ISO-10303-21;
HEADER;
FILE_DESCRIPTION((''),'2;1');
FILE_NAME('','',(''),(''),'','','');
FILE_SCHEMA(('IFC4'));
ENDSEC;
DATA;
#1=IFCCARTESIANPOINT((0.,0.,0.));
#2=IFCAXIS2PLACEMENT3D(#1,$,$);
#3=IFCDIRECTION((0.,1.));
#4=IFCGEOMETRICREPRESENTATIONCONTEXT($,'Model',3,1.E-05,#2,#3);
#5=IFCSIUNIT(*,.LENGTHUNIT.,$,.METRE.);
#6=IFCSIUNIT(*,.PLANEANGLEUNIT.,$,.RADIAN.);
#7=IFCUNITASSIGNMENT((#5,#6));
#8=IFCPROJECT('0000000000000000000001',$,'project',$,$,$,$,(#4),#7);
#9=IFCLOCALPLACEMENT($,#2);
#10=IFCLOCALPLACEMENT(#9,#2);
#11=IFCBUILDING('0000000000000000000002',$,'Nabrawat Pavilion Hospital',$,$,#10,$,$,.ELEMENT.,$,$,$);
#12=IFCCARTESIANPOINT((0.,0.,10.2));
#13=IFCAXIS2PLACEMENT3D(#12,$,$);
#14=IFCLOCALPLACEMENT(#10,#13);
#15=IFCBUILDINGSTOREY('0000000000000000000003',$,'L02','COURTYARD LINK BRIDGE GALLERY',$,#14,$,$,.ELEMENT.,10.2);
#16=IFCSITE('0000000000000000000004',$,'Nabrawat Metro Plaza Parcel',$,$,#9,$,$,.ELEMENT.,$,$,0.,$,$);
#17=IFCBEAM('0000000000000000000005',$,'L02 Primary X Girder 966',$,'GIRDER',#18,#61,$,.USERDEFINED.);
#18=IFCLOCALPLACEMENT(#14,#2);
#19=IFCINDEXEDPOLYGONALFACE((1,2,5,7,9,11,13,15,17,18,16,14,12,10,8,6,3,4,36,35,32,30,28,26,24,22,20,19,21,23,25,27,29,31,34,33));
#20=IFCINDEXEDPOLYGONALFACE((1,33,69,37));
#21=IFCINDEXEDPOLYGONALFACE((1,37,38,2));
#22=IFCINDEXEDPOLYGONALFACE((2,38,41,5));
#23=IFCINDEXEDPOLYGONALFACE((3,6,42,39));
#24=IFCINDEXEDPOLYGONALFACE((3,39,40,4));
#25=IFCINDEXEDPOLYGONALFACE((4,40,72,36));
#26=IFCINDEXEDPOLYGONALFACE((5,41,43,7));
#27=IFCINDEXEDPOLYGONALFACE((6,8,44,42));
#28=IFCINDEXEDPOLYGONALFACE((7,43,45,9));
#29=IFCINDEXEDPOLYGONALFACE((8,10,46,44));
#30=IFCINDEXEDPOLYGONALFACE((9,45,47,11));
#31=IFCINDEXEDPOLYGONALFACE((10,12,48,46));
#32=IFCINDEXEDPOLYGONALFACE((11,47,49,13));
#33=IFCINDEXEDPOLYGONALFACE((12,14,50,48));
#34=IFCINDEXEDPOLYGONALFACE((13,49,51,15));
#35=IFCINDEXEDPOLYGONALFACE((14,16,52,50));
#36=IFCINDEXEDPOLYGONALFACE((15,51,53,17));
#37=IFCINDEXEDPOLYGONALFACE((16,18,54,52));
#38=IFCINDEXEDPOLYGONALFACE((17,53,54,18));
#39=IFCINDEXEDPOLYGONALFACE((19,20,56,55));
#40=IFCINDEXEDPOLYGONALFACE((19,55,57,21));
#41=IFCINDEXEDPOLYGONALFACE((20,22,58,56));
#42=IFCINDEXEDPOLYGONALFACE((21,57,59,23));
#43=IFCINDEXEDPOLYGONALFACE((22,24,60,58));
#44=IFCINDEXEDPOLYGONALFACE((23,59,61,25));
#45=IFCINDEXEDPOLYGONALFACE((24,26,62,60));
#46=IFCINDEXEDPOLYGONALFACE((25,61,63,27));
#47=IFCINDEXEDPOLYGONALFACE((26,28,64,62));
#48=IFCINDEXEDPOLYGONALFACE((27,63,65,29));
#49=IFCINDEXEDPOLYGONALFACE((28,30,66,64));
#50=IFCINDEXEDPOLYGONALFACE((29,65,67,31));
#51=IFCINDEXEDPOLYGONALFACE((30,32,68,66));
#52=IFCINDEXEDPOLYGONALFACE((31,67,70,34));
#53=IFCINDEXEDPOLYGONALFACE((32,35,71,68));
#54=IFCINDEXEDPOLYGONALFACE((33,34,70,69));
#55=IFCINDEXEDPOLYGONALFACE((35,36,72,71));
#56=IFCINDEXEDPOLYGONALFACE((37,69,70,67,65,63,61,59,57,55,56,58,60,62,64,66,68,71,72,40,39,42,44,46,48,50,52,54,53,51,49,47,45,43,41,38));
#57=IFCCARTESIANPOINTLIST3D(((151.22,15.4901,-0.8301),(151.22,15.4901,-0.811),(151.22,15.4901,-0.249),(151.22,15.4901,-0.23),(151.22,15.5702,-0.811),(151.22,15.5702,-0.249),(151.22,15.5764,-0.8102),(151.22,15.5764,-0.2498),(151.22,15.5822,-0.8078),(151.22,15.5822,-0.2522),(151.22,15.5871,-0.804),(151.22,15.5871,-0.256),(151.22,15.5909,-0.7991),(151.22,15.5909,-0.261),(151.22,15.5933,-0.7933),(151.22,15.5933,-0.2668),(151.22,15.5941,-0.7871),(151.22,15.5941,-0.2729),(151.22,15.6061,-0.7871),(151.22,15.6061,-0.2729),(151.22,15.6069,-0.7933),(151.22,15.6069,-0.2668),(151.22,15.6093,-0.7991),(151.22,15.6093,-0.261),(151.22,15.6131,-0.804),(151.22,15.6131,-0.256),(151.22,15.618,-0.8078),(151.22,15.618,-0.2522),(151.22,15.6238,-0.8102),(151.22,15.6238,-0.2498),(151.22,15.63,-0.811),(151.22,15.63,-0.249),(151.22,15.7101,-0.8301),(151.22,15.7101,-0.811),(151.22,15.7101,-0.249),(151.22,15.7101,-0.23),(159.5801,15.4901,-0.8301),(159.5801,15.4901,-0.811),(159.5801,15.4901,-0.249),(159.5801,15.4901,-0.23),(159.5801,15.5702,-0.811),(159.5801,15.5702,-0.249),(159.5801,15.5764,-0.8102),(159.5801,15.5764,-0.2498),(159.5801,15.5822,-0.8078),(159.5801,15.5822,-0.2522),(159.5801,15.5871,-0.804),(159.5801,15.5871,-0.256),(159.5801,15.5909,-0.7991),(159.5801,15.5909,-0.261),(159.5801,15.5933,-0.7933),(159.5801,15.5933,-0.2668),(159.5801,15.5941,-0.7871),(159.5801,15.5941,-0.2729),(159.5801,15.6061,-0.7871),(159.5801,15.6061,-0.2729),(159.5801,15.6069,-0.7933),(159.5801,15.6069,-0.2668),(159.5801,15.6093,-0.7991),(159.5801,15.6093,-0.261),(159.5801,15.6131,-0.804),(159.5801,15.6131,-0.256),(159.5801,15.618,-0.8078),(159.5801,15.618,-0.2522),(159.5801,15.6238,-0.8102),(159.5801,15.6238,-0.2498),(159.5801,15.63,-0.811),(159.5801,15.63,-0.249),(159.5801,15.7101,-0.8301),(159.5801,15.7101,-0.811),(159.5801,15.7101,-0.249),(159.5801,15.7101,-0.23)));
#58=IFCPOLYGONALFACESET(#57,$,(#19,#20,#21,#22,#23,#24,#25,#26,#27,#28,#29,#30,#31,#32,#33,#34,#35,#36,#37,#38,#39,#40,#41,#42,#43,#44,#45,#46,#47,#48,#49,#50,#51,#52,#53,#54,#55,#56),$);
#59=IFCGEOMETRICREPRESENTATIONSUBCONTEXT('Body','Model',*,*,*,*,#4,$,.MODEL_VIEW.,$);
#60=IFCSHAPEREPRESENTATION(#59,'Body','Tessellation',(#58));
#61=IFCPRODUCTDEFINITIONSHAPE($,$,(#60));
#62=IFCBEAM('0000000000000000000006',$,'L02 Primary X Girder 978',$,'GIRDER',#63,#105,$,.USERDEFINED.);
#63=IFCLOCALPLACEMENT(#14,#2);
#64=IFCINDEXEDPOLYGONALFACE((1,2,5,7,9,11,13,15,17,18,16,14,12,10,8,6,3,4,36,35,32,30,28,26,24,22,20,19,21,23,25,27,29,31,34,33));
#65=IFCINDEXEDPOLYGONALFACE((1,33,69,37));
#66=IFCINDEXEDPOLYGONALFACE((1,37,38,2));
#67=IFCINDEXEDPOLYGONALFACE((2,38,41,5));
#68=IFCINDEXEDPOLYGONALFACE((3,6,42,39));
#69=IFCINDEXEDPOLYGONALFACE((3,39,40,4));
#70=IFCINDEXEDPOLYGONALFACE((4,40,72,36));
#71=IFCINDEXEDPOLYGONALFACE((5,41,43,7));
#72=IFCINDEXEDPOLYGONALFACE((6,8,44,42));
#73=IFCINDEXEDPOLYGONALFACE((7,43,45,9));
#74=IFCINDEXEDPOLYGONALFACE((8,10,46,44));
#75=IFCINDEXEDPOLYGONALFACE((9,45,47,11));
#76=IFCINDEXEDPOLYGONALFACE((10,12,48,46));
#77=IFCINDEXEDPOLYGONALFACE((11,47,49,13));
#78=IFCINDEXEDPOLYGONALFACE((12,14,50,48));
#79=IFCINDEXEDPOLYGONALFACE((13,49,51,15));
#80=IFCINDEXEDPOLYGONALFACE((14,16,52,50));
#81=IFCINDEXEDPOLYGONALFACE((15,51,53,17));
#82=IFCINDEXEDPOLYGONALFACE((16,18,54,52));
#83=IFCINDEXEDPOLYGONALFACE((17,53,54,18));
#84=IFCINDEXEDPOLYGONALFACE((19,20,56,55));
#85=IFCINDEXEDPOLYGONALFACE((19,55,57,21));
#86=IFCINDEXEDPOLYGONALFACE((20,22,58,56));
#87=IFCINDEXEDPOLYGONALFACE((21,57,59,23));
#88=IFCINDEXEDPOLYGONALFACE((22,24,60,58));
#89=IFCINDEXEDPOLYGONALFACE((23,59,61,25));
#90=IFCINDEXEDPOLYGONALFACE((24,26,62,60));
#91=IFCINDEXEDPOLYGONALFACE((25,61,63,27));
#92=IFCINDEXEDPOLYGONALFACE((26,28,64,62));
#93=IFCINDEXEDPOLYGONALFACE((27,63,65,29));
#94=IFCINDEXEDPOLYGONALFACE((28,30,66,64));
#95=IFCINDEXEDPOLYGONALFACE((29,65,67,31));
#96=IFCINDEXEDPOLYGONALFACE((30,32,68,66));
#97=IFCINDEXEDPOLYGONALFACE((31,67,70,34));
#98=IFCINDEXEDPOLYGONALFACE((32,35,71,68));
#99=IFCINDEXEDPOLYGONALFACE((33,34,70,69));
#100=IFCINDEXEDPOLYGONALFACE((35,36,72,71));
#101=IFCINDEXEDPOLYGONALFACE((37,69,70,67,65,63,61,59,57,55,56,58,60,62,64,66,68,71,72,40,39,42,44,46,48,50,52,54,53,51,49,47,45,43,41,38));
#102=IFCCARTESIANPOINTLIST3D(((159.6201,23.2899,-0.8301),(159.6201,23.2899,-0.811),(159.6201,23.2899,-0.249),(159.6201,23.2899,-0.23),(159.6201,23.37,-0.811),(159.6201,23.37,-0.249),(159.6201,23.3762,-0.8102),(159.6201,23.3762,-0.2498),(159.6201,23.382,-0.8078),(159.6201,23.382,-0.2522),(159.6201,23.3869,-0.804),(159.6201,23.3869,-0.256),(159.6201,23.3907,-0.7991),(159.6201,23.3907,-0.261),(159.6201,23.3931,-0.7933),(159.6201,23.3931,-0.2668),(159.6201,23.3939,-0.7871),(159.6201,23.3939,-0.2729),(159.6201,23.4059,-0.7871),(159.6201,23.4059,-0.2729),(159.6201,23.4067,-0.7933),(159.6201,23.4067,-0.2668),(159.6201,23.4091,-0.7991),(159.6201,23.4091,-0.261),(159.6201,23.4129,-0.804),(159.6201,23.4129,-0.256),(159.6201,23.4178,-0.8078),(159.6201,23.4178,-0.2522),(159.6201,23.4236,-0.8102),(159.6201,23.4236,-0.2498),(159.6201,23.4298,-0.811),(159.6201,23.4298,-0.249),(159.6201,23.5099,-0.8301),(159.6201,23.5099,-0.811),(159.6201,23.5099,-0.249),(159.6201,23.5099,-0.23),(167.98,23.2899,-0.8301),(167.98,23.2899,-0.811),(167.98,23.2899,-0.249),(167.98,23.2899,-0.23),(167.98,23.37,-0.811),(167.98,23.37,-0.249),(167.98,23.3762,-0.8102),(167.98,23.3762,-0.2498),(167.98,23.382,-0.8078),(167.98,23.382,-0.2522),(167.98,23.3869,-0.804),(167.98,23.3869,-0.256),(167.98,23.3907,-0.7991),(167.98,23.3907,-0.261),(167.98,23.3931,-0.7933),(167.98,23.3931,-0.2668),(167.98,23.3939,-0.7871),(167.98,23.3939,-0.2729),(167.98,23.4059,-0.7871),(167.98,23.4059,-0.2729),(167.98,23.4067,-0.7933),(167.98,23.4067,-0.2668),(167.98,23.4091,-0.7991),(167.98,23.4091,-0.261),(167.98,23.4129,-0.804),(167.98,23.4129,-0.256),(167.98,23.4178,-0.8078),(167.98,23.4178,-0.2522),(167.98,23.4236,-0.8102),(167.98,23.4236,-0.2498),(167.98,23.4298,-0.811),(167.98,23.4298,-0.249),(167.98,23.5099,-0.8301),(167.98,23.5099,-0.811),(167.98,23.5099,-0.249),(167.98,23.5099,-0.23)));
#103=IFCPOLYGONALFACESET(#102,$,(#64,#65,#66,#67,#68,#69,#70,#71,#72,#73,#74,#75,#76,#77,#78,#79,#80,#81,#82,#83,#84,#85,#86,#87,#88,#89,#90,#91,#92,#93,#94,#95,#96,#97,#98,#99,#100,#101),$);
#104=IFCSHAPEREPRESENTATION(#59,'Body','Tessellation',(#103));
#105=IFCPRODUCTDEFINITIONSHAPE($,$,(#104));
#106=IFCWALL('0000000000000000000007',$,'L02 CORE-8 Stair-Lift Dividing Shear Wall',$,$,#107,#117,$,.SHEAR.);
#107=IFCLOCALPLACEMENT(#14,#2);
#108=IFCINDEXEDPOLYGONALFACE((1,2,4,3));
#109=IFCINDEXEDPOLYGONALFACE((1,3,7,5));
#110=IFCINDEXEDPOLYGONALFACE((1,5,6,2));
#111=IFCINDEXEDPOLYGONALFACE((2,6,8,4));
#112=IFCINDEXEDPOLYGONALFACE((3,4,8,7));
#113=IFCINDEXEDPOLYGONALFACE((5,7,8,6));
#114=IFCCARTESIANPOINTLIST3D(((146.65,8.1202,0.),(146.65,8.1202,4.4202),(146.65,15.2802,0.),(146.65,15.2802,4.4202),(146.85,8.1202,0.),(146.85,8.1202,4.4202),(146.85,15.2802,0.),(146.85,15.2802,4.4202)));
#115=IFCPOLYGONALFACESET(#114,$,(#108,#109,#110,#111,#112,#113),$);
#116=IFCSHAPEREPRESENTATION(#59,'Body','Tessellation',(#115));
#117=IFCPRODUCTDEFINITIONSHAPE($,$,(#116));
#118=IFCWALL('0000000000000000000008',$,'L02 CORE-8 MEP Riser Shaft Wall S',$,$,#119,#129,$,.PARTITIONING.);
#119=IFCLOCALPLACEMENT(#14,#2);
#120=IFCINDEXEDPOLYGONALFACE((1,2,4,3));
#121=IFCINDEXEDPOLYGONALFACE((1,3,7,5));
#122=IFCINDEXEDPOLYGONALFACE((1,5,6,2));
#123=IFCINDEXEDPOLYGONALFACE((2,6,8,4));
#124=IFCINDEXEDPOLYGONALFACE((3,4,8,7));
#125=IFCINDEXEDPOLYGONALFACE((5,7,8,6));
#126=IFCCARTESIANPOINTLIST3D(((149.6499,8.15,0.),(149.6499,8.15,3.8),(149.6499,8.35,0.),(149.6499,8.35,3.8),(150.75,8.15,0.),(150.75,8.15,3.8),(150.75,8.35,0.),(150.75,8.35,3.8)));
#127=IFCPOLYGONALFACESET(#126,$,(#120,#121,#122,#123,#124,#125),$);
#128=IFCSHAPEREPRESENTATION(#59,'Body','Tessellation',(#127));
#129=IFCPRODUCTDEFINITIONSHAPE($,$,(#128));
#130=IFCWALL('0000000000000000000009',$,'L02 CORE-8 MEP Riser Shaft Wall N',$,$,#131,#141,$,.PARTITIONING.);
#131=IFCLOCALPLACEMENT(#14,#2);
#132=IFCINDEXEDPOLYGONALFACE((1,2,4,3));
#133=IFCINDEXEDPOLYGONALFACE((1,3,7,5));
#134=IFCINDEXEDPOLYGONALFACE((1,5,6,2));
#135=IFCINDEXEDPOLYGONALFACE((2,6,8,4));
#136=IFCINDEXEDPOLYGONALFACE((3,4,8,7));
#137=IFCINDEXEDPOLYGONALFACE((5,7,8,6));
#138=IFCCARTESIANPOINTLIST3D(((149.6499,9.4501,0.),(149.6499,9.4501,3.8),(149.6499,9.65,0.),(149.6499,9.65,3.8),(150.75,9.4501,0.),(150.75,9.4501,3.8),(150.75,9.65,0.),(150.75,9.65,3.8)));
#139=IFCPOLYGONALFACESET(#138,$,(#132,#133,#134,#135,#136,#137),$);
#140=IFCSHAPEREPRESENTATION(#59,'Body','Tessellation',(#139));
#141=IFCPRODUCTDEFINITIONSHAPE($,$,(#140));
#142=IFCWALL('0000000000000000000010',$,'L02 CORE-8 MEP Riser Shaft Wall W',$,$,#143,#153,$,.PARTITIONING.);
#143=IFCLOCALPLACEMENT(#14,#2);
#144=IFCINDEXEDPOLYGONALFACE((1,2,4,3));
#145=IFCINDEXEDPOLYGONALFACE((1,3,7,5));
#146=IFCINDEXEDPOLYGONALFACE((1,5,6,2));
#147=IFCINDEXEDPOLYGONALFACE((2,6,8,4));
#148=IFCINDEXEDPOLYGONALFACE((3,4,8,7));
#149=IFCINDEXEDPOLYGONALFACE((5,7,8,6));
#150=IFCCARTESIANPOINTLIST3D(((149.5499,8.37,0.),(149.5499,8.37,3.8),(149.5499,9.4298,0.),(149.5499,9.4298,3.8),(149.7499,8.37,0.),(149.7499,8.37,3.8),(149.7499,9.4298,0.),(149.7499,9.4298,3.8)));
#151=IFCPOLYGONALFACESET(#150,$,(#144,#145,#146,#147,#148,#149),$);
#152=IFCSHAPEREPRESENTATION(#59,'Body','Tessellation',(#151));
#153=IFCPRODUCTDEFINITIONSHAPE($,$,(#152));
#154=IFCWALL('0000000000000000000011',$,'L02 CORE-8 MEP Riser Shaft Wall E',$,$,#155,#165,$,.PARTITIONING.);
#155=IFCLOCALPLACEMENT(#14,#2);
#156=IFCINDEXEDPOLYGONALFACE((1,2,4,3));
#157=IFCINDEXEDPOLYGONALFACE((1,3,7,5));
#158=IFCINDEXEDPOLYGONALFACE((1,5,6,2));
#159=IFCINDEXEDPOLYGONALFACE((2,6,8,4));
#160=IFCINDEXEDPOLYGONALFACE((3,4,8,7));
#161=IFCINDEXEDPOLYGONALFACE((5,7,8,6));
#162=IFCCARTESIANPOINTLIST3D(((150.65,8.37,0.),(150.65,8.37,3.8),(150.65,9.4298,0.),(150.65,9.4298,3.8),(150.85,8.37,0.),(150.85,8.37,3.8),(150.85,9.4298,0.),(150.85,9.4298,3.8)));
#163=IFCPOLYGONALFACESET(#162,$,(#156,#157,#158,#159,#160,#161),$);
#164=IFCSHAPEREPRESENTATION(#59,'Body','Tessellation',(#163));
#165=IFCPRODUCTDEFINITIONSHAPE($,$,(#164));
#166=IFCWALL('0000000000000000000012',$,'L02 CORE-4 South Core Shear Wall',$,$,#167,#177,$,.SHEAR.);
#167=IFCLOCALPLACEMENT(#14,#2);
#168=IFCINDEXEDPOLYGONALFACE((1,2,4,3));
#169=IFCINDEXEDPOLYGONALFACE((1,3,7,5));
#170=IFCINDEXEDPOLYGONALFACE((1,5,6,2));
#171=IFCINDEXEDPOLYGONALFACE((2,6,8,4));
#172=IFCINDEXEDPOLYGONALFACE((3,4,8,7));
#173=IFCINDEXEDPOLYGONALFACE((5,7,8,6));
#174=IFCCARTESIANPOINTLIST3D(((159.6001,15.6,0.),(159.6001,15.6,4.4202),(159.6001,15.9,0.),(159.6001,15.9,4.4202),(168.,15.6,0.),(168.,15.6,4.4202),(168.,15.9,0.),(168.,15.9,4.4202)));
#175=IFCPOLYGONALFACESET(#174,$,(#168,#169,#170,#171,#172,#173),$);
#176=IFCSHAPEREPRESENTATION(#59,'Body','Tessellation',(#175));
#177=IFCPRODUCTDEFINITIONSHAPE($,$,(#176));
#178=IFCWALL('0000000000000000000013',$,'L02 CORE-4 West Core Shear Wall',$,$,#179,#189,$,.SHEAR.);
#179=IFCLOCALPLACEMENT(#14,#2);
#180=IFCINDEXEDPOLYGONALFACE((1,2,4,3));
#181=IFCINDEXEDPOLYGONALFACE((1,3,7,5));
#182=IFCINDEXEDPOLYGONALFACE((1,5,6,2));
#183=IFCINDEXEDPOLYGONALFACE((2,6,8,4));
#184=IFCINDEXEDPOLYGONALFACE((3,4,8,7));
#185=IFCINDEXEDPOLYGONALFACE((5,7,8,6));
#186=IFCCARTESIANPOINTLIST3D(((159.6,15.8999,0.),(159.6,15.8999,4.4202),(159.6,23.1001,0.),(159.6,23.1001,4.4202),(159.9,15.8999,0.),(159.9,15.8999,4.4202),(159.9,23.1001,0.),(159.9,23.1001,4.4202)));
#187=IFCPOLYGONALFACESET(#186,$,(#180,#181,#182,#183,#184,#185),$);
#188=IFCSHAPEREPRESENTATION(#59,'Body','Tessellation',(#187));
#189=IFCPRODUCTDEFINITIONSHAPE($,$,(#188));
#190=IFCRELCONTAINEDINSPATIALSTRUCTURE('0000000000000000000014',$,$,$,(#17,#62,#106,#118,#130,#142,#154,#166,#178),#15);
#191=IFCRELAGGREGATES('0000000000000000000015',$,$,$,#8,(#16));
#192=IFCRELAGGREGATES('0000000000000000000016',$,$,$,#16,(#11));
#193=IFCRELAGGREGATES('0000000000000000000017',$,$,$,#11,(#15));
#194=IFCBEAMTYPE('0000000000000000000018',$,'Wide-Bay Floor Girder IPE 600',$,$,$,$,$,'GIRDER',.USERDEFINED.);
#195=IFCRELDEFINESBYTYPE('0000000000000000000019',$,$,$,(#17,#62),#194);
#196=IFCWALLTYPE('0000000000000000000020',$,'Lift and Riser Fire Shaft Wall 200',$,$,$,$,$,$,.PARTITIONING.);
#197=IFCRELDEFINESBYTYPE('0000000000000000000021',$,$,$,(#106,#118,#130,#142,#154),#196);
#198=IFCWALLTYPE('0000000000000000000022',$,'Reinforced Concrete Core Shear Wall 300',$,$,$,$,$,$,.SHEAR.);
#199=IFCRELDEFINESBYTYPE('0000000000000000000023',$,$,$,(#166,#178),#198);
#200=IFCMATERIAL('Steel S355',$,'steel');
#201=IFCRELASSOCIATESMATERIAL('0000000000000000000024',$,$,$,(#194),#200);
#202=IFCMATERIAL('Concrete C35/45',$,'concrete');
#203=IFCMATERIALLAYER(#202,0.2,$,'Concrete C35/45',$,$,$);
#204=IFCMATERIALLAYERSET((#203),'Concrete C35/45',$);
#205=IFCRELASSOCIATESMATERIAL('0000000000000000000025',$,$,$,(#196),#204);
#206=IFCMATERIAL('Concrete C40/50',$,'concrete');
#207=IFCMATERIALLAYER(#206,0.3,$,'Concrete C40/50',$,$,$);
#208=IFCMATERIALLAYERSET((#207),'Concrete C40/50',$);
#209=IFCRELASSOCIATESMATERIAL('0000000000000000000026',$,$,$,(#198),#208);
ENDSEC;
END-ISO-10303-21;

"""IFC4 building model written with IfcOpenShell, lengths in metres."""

from ifc_helpers import new_model, si_unit, direction, frame, frame_2d, origin, origin_2d, place, context, subcontext, project, spatial, rectangle, i_section, extrude, material, layer, layer_set, material_profile, profile_set, type_object, element, save


model = new_model("IFC4")

# Units and contexts
model_context = context("Model", 3, precision=1e-05, world=origin(), true_north=direction((0.0, 1.0)))
body_context = subcontext(model_context, "Body", "Model", "MODEL_VIEW")
ifc_project = project(units=[si_unit("LENGTHUNIT", "METRE"), si_unit("PLANEANGLEUNIT", "RADIAN")], contexts=[model_context])

# Site, building, storey
site_placement = place(None, origin())
site = spatial("IfcSite", under=ifc_project, at=site_placement, Name="Nabrawat Metro Plaza Parcel", CompositionType="ELEMENT", RefElevation=0.0)
building_placement = place(site_placement, origin())
building = spatial("IfcBuilding", under=site, at=building_placement, Name="Nabrawat Pavilion Hospital", CompositionType="ELEMENT")
storey_placement = place(building_placement, frame((0.0, 0.0, 10.2)))
storey = spatial("IfcBuildingStorey", under=building, at=storey_placement, Name="L02", Description="COURTYARD LINK BRIDGE GALLERY", CompositionType="ELEMENT", Elevation=10.2)

# Shared definitions
ifc_material_1 = material(Name="Steel S355", Category="steel")

# Beams
ifc_material_profile_1 = material_profile(ifc_material_1, i_section(OverallWidth=0.22, OverallDepth=0.6001, WebThickness=0.012, FlangeThickness=0.019, FilletRadius=0.0239, at=origin_2d()), Name="IPE 600")
ifc_profile_set_1 = profile_set([ifc_material_profile_1], Name="Steel S355")
beam_type_1 = type_object("IfcBeamType", Name="Wide-Bay Floor Girder IPE 600", ElementType="GIRDER", PredefinedType="USERDEFINED", material=ifc_profile_set_1)
beam_1_placement = place(storey_placement, frame((151.22, 15.6001, -0.53), z_axis=(1.0, 0.0, 0.0), x_axis=(0.0, 1.0, 0.0)))
element("IfcBeam", 1, at=beam_1_placement, inside=storey, type_object=beam_type_1, Name="L02 Primary X Girder 966", ObjectType="GIRDER", PredefinedType="USERDEFINED", context=body_context, shape_type="SweptSolid", body=[
    extrude(i_section(OverallWidth=0.22, OverallDepth=0.6001, WebThickness=0.012, FlangeThickness=0.019, FilletRadius=0.0239, at=origin_2d()), origin(), (0.0, 0.0, 1.0), 8.3601),
])
beam_2_placement = place(storey_placement, frame((159.6201, 23.3999, -0.53), z_axis=(1.0, 0.0, 0.0), x_axis=(0.0, 1.0, 0.0)))
element("IfcBeam", 2, at=beam_2_placement, inside=storey, type_object=beam_type_1, Name="L02 Primary X Girder 978", ObjectType="GIRDER", PredefinedType="USERDEFINED", context=body_context, shape_type="SweptSolid", body=[
    extrude(i_section(OverallWidth=0.22, OverallDepth=0.6001, WebThickness=0.012, FlangeThickness=0.019, FilletRadius=0.0239, at=origin_2d()), origin(), (0.0, 0.0, 1.0), 8.3599),
])

# Walls
ifc_material_2 = material(Name="Concrete C35/45", Category="concrete")
ifc_layer_1 = layer(ifc_material_2, 0.2, Name="Concrete C35/45")
ifc_layer_set_1 = layer_set([ifc_layer_1], Name="Concrete C35/45")
wall_type_1 = type_object("IfcWallType", Name="Lift and Riser Fire Shaft Wall 200", PredefinedType="PARTITIONING", material=ifc_layer_set_1)
wall_1_placement = place(storey_placement, frame((146.75, 8.1201, 0.0), z_axis=(0.0, 0.0, 1.0), x_axis=(0.0, 1.0, 0.0)))
element("IfcWall", 3, at=wall_1_placement, inside=storey, type_object=wall_type_1, Name="L02 CORE-8 Stair-Lift Dividing Shear Wall", PredefinedType="SHEAR", context=body_context, shape_type="SweptSolid", body=[
    extrude(rectangle(XDim=7.1599, YDim=0.2, at=frame_2d((3.5801, 0.0))), origin(), (0.0, 0.0, 1.0), 4.4202),
])
for number, where, z_axis, x_axis, name in (
    (4, (149.6499, 8.25, 0.0), (0.0, 0.0, 1.0), (1.0, 0.0, 0.0), "L02 CORE-8 MEP Riser Shaft Wall S"),
    (5, (149.6499, 9.55, 0.0), (0.0, 0.0, 1.0), (1.0, 0.0, 0.0), "L02 CORE-8 MEP Riser Shaft Wall N"),
):
    element("IfcWall", number, at=place(storey_placement, frame(where, z_axis=z_axis, x_axis=x_axis)), inside=storey, type_object=wall_type_1, Name=name, PredefinedType="PARTITIONING", context=body_context, shape_type="SweptSolid", body=[
        extrude(rectangle(XDim=1.1001, YDim=0.2, at=frame_2d((0.55, 0.0))), origin(), (0.0, 0.0, 1.0), 3.8),
    ])
for number, where, z_axis, x_axis, name in (
    (6, (149.6499, 8.3701, 0.0), (0.0, 0.0, 1.0), (0.0, 1.0, 0.0), "L02 CORE-8 MEP Riser Shaft Wall W"),
    (7, (150.75, 8.3701, 0.0), (0.0, 0.0, 1.0), (0.0, 1.0, 0.0), "L02 CORE-8 MEP Riser Shaft Wall E"),
):
    element("IfcWall", number, at=place(storey_placement, frame(where, z_axis=z_axis, x_axis=x_axis)), inside=storey, type_object=wall_type_1, Name=name, PredefinedType="PARTITIONING", context=body_context, shape_type="SweptSolid", body=[
        extrude(rectangle(XDim=1.0598, YDim=0.2, at=frame_2d((0.5298, 0.0))), origin(), (0.0, 0.0, 1.0), 3.8),
    ])
ifc_material_3 = material(Name="Concrete C40/50", Category="concrete")
ifc_layer_2 = layer(ifc_material_3, 0.3, Name="Concrete C40/50")
ifc_layer_set_2 = layer_set([ifc_layer_2], Name="Concrete C40/50")
wall_type_2 = type_object("IfcWallType", Name="Reinforced Concrete Core Shear Wall 300", PredefinedType="SHEAR", material=ifc_layer_set_2)
wall_2_placement = place(storey_placement, frame((159.6001, 15.75, 0.0), z_axis=(0.0, 0.0, 1.0), x_axis=(1.0, 0.0, 0.0)))
element("IfcWall", 8, at=wall_2_placement, inside=storey, type_object=wall_type_2, Name="L02 CORE-4 South Core Shear Wall", PredefinedType="SHEAR", context=body_context, shape_type="SweptSolid", body=[
    extrude(rectangle(XDim=8.3999, YDim=0.3, at=frame_2d((4.2, 0.0))), origin(), (0.0, 0.0, 1.0), 4.4202),
])

# Wall
wall_3_placement = place(storey_placement, frame((159.75, 15.8999, 0.0), z_axis=(0.0, 0.0, 1.0), x_axis=(0.0, 1.0, 0.0)))
element("IfcWall", 9, at=wall_3_placement, inside=storey, type_object=wall_type_2, Name="L02 CORE-4 West Core Shear Wall", PredefinedType="SHEAR", context=body_context, shape_type="SweptSolid", body=[
    extrude(rectangle(XDim=7.2002, YDim=0.3, at=frame_2d((3.6001, 0.0))), origin(), (0.0, 0.0, 1.0), 4.4202),
])

save(model, "model.ifc")
